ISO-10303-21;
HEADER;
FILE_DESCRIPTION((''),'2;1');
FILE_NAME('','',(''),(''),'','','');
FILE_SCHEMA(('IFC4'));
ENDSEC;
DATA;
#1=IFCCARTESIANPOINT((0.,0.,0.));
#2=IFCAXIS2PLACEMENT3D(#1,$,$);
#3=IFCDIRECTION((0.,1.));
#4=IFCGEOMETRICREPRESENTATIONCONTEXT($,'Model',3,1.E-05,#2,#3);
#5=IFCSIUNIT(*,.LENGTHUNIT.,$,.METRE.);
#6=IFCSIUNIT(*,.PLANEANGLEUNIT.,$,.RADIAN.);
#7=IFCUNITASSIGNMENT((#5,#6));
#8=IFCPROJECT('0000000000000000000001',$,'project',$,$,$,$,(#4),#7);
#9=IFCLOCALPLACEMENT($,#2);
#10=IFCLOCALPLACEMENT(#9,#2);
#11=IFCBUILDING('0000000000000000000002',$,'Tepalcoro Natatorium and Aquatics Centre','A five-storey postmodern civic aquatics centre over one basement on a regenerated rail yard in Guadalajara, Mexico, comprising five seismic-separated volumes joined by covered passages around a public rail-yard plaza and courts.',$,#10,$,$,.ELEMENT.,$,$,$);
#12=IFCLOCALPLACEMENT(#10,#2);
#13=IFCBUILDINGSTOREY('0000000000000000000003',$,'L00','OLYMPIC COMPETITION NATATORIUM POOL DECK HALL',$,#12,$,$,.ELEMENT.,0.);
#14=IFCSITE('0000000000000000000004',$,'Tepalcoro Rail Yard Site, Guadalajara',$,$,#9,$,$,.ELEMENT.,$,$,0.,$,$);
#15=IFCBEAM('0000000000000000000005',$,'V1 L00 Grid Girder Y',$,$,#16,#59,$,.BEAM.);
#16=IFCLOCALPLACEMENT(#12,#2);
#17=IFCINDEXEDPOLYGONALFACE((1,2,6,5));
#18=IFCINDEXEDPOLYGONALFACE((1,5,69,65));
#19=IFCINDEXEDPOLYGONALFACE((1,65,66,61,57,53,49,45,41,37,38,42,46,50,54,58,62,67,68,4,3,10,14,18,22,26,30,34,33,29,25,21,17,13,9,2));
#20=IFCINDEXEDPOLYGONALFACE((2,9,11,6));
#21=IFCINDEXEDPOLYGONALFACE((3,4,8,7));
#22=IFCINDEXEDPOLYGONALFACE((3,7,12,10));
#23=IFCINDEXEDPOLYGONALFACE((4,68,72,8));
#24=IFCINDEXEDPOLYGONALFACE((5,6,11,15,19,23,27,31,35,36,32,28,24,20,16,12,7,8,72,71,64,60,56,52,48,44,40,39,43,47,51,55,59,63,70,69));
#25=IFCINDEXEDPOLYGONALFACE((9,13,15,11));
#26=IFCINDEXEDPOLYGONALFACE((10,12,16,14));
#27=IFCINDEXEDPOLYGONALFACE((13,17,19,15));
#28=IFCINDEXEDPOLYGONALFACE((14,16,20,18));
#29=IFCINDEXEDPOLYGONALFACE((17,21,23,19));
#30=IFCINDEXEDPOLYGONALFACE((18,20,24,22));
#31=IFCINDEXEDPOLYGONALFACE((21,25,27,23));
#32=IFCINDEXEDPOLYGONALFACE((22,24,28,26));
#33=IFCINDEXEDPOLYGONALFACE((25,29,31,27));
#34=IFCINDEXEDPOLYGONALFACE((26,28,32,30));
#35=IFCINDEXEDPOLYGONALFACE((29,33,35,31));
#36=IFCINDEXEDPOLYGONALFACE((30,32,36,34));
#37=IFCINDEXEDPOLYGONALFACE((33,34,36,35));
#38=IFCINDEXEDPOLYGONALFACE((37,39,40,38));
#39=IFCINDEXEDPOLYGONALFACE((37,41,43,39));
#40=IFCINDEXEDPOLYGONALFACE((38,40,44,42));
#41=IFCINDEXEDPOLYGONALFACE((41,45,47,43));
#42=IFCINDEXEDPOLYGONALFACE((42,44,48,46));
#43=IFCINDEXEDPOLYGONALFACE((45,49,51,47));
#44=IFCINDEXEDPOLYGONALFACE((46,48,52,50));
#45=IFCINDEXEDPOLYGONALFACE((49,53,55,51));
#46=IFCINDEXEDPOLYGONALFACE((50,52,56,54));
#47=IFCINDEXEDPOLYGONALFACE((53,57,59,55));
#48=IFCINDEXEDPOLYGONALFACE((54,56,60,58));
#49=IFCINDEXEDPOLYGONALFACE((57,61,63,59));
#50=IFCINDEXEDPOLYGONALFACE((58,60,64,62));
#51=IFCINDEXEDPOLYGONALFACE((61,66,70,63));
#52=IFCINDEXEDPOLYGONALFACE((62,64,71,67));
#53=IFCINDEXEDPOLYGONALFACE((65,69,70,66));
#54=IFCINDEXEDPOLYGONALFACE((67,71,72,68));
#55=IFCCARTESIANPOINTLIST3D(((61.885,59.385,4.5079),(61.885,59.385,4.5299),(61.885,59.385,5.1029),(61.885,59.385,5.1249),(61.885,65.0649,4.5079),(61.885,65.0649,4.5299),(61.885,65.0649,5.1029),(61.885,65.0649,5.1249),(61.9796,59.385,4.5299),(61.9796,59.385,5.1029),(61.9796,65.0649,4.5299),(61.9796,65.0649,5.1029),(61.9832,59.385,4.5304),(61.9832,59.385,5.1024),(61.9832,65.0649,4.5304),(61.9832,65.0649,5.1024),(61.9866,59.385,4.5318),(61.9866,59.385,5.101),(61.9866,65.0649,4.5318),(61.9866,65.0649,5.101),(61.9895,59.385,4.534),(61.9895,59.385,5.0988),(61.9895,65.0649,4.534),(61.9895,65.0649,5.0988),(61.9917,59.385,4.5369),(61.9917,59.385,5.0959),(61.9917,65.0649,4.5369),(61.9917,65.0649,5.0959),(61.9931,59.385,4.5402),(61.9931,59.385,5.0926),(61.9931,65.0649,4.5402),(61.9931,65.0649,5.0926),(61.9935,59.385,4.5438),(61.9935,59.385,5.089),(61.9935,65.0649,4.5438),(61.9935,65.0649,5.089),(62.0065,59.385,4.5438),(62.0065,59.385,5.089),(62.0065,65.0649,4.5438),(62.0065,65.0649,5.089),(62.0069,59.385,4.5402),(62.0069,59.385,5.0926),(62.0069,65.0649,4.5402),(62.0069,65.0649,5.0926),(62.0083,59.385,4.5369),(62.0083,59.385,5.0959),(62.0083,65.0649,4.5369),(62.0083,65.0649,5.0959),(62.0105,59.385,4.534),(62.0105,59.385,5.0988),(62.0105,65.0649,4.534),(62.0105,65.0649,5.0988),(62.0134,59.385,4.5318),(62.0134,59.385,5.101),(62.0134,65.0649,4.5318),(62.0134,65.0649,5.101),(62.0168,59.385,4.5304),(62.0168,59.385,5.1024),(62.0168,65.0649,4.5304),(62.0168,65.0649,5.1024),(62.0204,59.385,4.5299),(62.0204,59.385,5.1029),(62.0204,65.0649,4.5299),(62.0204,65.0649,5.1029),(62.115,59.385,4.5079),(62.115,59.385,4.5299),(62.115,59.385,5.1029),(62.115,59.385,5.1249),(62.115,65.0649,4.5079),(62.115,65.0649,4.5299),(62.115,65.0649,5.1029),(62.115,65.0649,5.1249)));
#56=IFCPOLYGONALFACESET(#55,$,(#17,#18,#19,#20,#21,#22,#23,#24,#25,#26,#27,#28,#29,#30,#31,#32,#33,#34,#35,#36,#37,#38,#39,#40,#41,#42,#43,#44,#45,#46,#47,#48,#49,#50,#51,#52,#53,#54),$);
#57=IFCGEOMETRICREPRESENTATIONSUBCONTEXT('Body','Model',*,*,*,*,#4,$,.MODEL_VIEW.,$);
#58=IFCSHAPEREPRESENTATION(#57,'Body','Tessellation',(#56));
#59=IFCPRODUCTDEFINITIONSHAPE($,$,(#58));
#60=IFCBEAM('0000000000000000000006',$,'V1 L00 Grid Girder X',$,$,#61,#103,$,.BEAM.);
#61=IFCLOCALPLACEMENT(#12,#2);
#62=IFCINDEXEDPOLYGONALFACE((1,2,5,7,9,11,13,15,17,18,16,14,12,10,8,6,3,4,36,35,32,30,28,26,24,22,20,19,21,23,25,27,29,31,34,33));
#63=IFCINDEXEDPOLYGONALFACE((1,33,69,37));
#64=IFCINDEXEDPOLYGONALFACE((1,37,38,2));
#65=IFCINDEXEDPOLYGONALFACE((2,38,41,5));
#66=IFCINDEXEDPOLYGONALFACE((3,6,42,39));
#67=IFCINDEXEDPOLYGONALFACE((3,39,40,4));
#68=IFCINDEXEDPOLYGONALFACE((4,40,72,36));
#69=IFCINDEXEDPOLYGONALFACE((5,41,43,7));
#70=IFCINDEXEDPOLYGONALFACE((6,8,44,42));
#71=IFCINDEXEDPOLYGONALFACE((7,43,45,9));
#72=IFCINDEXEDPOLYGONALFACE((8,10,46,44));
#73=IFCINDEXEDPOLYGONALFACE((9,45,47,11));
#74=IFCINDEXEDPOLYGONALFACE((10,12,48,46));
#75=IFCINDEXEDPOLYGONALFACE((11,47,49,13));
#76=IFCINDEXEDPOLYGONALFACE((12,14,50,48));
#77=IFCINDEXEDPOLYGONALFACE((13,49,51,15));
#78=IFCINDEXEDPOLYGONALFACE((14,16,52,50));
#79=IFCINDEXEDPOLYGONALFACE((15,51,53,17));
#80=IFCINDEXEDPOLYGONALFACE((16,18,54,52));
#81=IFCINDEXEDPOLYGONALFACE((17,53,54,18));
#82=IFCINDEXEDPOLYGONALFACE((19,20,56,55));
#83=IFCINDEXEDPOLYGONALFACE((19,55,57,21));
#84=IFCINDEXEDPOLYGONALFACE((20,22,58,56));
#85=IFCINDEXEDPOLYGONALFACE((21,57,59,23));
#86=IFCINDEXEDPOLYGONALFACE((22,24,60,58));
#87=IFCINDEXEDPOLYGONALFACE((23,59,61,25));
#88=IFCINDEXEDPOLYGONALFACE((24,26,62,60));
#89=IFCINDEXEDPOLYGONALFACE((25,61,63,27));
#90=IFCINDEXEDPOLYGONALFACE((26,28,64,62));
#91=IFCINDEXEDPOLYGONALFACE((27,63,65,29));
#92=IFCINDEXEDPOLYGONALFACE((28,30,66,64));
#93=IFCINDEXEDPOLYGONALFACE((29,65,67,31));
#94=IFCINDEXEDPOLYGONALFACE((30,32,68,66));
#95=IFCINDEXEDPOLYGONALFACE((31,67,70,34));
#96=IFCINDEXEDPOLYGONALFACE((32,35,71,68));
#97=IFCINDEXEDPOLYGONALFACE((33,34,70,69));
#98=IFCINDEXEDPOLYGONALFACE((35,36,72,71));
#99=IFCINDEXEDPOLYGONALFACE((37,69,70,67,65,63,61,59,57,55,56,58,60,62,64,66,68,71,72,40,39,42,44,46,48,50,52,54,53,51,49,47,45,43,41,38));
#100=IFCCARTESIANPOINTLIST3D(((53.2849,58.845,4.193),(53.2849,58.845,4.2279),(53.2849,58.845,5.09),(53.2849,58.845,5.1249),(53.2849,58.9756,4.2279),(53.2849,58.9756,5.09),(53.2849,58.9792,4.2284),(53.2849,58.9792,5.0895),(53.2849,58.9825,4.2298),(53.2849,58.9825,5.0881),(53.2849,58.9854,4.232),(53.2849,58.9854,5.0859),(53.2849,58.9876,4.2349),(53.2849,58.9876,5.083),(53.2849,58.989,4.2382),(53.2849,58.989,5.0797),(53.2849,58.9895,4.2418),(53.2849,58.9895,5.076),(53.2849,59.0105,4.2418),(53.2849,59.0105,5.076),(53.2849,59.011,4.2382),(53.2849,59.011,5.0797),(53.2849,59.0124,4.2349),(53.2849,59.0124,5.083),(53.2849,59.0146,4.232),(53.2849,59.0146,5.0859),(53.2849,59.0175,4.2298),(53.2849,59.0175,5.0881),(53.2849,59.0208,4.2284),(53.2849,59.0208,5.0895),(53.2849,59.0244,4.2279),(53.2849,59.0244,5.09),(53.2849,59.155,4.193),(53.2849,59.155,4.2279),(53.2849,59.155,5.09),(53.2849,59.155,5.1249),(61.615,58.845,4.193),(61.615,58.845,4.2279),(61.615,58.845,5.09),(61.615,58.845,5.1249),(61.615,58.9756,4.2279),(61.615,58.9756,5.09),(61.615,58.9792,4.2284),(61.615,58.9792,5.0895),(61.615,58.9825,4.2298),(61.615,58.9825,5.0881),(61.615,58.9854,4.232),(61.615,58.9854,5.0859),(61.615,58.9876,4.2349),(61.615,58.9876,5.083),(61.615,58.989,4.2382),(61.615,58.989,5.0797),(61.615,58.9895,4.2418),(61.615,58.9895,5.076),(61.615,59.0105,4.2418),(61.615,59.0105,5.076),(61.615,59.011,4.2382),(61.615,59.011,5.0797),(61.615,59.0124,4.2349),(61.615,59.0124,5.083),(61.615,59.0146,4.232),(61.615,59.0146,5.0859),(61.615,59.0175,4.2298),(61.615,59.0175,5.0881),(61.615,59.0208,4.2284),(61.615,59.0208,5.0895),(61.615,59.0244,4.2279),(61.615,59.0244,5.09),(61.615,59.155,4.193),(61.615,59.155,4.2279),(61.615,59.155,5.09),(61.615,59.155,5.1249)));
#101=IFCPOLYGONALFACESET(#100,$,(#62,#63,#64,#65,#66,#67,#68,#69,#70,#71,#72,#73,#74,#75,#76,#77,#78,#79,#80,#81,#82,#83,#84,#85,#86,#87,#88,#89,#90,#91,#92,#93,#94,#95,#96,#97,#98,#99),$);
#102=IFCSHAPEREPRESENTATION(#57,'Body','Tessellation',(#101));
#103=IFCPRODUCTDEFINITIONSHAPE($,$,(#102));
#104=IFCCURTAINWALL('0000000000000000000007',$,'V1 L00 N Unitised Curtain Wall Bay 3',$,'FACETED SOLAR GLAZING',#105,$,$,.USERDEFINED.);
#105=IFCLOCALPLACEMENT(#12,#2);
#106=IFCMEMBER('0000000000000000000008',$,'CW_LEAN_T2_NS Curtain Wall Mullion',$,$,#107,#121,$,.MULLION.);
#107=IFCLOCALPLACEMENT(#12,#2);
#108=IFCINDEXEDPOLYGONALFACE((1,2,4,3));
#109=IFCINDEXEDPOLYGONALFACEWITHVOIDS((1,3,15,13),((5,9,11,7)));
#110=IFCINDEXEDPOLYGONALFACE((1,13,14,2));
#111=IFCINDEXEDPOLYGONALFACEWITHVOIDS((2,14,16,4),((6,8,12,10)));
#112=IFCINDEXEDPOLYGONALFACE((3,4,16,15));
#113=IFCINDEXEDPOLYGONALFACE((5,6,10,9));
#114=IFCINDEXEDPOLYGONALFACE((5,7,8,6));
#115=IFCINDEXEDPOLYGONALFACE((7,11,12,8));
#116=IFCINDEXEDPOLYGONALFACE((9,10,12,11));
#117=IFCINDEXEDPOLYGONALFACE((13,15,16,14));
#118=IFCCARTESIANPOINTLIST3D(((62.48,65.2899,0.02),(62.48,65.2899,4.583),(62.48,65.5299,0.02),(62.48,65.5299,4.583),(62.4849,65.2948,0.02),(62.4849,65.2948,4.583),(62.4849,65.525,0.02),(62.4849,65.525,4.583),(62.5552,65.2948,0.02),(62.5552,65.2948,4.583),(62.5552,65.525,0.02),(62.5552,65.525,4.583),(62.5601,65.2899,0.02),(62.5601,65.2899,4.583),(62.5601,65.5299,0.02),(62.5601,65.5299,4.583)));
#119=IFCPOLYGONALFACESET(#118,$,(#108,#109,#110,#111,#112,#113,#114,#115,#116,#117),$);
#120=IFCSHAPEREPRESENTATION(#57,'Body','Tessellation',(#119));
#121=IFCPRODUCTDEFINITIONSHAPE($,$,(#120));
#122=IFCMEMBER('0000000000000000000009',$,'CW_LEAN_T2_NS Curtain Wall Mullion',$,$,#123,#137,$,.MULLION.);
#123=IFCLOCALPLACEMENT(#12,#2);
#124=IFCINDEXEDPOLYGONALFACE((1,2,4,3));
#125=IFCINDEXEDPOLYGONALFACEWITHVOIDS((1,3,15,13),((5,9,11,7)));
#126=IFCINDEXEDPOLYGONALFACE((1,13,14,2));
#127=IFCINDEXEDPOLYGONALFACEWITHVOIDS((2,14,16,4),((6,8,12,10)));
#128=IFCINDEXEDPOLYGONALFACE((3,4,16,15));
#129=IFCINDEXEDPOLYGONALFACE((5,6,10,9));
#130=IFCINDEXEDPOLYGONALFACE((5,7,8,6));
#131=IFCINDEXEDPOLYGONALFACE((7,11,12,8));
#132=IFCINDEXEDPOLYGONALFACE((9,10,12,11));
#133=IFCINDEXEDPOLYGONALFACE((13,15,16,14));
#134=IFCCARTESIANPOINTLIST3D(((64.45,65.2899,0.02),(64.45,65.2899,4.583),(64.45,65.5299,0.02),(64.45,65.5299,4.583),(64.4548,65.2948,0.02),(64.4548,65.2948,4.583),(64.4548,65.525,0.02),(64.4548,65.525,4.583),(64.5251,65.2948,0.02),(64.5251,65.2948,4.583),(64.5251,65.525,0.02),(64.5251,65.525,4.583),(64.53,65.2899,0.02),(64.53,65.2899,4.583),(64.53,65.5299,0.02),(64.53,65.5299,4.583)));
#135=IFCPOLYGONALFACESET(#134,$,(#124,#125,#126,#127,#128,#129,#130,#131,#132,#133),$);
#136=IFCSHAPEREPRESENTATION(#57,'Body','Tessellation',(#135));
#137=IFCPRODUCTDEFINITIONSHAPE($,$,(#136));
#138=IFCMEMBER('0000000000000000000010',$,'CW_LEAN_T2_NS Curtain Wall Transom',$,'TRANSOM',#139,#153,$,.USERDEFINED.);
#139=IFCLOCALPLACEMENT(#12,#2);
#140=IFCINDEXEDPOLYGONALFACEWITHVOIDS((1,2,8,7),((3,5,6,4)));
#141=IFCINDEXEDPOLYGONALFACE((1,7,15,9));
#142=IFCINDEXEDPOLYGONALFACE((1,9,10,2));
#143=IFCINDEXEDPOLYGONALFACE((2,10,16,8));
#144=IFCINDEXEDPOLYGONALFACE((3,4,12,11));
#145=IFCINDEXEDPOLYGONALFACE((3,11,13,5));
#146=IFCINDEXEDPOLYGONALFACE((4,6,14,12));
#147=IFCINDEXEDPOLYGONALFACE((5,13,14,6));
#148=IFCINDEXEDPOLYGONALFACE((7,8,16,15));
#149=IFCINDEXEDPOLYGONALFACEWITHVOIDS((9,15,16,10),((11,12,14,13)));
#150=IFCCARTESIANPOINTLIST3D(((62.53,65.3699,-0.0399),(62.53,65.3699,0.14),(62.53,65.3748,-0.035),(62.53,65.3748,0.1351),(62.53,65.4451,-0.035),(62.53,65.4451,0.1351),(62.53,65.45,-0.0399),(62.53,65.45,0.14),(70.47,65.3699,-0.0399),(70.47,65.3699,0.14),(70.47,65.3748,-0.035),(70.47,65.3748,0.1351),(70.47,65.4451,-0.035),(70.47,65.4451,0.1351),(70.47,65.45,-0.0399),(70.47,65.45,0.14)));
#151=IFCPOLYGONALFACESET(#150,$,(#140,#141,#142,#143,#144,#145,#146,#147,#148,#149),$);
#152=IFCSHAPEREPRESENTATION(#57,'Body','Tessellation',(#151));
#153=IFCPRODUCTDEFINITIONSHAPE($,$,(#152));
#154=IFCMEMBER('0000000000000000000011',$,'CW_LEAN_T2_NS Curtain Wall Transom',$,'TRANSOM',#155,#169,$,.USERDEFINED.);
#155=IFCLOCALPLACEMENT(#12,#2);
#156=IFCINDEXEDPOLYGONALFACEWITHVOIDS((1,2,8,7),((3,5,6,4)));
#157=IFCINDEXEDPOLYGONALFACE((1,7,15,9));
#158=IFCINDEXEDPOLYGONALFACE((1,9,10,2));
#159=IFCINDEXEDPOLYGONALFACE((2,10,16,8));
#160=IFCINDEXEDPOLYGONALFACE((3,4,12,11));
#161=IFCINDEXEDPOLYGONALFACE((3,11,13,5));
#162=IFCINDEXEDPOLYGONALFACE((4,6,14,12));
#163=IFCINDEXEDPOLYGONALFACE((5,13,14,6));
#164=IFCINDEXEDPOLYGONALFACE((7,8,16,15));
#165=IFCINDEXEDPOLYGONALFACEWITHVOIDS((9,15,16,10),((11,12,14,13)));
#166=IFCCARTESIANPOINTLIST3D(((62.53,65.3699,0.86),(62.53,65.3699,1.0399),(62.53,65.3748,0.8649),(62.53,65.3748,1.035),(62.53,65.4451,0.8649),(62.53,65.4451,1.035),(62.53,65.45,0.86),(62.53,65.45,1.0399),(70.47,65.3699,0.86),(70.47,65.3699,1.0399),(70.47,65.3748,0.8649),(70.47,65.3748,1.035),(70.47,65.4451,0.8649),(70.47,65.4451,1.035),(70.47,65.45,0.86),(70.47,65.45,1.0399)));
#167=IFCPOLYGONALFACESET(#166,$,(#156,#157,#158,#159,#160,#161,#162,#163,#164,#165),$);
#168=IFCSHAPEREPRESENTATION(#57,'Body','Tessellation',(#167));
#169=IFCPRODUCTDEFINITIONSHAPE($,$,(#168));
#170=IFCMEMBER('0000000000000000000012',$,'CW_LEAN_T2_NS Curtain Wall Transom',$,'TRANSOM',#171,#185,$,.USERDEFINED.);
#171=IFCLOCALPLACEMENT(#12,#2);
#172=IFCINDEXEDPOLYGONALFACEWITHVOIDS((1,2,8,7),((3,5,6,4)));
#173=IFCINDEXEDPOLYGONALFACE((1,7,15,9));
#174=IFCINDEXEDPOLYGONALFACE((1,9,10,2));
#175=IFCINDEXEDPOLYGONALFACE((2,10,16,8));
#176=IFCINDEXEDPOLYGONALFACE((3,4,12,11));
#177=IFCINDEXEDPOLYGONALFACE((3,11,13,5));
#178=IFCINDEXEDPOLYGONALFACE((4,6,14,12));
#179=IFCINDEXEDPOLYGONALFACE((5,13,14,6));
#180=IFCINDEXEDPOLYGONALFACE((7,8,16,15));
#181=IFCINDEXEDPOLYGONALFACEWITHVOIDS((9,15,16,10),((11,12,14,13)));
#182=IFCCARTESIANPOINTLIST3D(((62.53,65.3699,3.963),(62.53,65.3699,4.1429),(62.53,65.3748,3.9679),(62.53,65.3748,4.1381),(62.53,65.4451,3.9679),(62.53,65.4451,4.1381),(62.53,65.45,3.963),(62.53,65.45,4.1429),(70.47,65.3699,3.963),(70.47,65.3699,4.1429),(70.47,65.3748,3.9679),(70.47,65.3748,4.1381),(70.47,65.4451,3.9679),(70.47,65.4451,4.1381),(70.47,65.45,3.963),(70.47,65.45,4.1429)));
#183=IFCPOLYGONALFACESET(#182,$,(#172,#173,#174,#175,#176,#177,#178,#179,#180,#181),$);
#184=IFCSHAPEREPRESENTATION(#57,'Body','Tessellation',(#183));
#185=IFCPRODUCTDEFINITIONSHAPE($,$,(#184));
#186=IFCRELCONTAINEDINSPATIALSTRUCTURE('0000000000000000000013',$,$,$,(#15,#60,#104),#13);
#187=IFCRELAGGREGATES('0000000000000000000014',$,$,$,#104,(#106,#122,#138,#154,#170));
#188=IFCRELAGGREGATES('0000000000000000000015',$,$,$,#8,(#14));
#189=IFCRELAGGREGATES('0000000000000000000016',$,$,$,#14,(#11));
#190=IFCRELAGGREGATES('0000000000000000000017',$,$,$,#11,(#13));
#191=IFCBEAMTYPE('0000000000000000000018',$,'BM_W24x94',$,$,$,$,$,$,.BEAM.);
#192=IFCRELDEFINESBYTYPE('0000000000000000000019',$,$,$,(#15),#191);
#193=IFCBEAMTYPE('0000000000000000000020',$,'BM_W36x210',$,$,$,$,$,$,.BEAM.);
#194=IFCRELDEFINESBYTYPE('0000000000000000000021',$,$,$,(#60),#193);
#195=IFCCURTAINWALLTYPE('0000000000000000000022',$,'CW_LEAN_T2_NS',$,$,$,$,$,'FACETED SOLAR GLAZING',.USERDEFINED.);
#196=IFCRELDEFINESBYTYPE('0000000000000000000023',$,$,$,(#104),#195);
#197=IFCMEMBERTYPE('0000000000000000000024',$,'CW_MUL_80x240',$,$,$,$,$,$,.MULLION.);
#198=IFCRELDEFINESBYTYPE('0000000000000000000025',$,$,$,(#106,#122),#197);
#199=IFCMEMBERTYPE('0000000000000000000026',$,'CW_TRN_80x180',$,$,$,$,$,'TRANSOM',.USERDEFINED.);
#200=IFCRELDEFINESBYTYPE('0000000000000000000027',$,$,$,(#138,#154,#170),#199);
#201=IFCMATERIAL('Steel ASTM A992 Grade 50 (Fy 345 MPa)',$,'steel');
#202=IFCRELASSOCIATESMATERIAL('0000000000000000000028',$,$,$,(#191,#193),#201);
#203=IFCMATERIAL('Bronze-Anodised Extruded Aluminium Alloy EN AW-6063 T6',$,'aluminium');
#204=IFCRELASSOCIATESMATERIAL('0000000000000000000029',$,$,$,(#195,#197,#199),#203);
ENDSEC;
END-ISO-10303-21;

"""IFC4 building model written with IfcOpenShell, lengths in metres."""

from ifc_helpers import new_model, si_unit, direction, frame, origin, origin_2d, place, context, subcontext, project, spatial, hollow_rectangle, i_section, extrude, material, material_profile, profile_set, type_object, element, aggregate, save


model = new_model("IFC4")

# Units and contexts
model_context = context("Model", 3, precision=1e-05, world=origin(), true_north=direction((0.0, 1.0)))
body_context = subcontext(model_context, "Body", "Model", "MODEL_VIEW")
ifc_project = project(units=[si_unit("LENGTHUNIT", "METRE"), si_unit("PLANEANGLEUNIT", "RADIAN")], contexts=[model_context])

# Site, building, storey
site_placement = place(None, origin())
site = spatial("IfcSite", under=ifc_project, at=site_placement, Name="Tepalcoro Rail Yard Site, Guadalajara", CompositionType="ELEMENT", RefElevation=0.0)
building_placement = place(site_placement, origin())
building = spatial("IfcBuilding", under=site, at=building_placement, Name="Tepalcoro Natatorium and Aquatics Centre", Description="A five-storey postmodern civic aquatics centre over one basement on a regenerated rail yard in Guadalajara, Mexico, comprising five seismic-separated volumes joined by covered passages around a public rail-yard plaza and courts.", CompositionType="ELEMENT")
storey_placement = place(building_placement, origin())
storey = spatial("IfcBuildingStorey", under=building, at=storey_placement, Name="L00", Description="OLYMPIC COMPETITION NATATORIUM POOL DECK HALL", CompositionType="ELEMENT", Elevation=0.0)

# Beams
ifc_material_1 = material(Name="Steel ASTM A992 Grade 50 (Fy 345 MPa)", Category="steel")
ifc_material_profile_1 = material_profile(ifc_material_1, i_section(OverallWidth=0.23, OverallDepth=0.6169, WebThickness=0.0129, FlangeThickness=0.022, FilletRadius=0.0139, at=origin_2d()), Name="W24X94")
ifc_profile_set_1 = profile_set([ifc_material_profile_1], Name="Steel ASTM A992 Grade 50 (Fy 345 MPa)")
beam_type_1 = type_object("IfcBeamType", Name="BM_W24x94", PredefinedType="BEAM", material=ifc_profile_set_1)
beam_1_placement = place(storey_placement, frame((62.0, 59.385, 4.8164), z_axis=(0.0, 1.0, 0.0), x_axis=(-1.0, 0.0, 0.0)))
element("IfcBeam", 1, at=beam_1_placement, inside=storey, type_object=beam_type_1, Name="V1 L00 Grid Girder Y", PredefinedType="BEAM", context=body_context, shape_type="SweptSolid", body=[
    extrude(i_section(OverallWidth=0.23, OverallDepth=0.6169, WebThickness=0.0129, FlangeThickness=0.022, FilletRadius=0.0139, at=origin_2d()), origin(), (0.0, 0.0, 1.0), 5.6799),
])
ifc_material_profile_2 = material_profile(ifc_material_1, i_section(OverallWidth=0.3101, OverallDepth=0.9319, WebThickness=0.021, FlangeThickness=0.0349, FilletRadius=0.0139, at=origin_2d()), Name="W36X210")
ifc_profile_set_2 = profile_set([ifc_material_profile_2], Name="Steel ASTM A992 Grade 50 (Fy 345 MPa)")
beam_type_2 = type_object("IfcBeamType", Name="BM_W36x210", PredefinedType="BEAM", material=ifc_profile_set_2)
beam_2_placement = place(storey_placement, frame((53.2849, 59.0, 4.6589), z_axis=(1.0, 0.0, 0.0), x_axis=(0.0, 1.0, 0.0)))
element("IfcBeam", 2, at=beam_2_placement, inside=storey, type_object=beam_type_2, Name="V1 L00 Grid Girder X", PredefinedType="BEAM", context=body_context, shape_type="SweptSolid", body=[
    extrude(i_section(OverallWidth=0.3101, OverallDepth=0.9319, WebThickness=0.021, FlangeThickness=0.0349, FilletRadius=0.0139, at=origin_2d()), origin(), (0.0, 0.0, 1.0), 8.3301),
])

# Curtain wall, members
ifc_material_2 = material(Name="Bronze-Anodised Extruded Aluminium Alloy EN AW-6063 T6", Category="aluminium")
curtain_wall_type = type_object("IfcCurtainWallType", Name="CW_LEAN_T2_NS", ElementType="FACETED SOLAR GLAZING", PredefinedType="USERDEFINED", material=ifc_material_2)
curtain_wall_placement = place(storey_placement, origin())
curtain_wall = element("IfcCurtainWall", 3, at=curtain_wall_placement, inside=storey, type_object=curtain_wall_type, Name="V1 L00 N Unitised Curtain Wall Bay 3", ObjectType="FACETED SOLAR GLAZING", PredefinedType="USERDEFINED")
ifc_material_profile_3 = material_profile(ifc_material_2, hollow_rectangle(XDim=0.0801, YDim=0.24, WallThickness=0.0049, at=origin_2d()), Name="AL80X240X5")
ifc_profile_set_3 = profile_set([ifc_material_profile_3], Name="Bronze-Anodised Extruded Aluminium Alloy EN AW-6063 T6")
member_type_1 = type_object("IfcMemberType", Name="CW_MUL_80x240", PredefinedType="MULLION", material=ifc_profile_set_3)
member_1_placement = place(storey_placement, frame((62.52, 65.4099, 0.02), z_axis=(0.0, 0.0, 1.0), x_axis=(1.0, 0.0, 0.0)))
member_1 = element("IfcMember", 4, at=member_1_placement, type_object=member_type_1, Name="CW_LEAN_T2_NS Curtain Wall Mullion", PredefinedType="MULLION", context=body_context, shape_type="SweptSolid", body=[
    extrude(hollow_rectangle(XDim=0.0801, YDim=0.24, WallThickness=0.0049, at=origin_2d()), origin(), (0.0, 0.0, 1.0), 4.563),
])
member_2_placement = place(storey_placement, frame((64.49, 65.4099, 0.02), z_axis=(0.0, 0.0, 1.0), x_axis=(1.0, 0.0, 0.0)))
member_2 = element("IfcMember", 5, at=member_2_placement, type_object=member_type_1, Name="CW_LEAN_T2_NS Curtain Wall Mullion", PredefinedType="MULLION", context=body_context, shape_type="SweptSolid", body=[
    extrude(hollow_rectangle(XDim=0.0801, YDim=0.24, WallThickness=0.0049, at=origin_2d()), origin(), (0.0, 0.0, 1.0), 4.563),
])
ifc_material_profile_4 = material_profile(ifc_material_2, hollow_rectangle(XDim=0.0801, YDim=0.1799, WallThickness=0.0049, at=origin_2d()), Name="AL80X180X5")
ifc_profile_set_4 = profile_set([ifc_material_profile_4], Name="Bronze-Anodised Extruded Aluminium Alloy EN AW-6063 T6")
member_type_2 = type_object("IfcMemberType", Name="CW_TRN_80x180", ElementType="TRANSOM", PredefinedType="USERDEFINED", material=ifc_profile_set_4)
member_3_placement = place(storey_placement, frame((62.53, 65.4099, 0.05), z_axis=(1.0, 0.0, 0.0), x_axis=(0.0, 1.0, 0.0)))
member_3 = element("IfcMember", 6, at=member_3_placement, type_object=member_type_2, Name="CW_LEAN_T2_NS Curtain Wall Transom", ObjectType="TRANSOM", PredefinedType="USERDEFINED", context=body_context, shape_type="SweptSolid", body=[
    extrude(hollow_rectangle(XDim=0.0801, YDim=0.1799, WallThickness=0.0049, at=origin_2d()), origin(), (0.0, 0.0, 1.0), 7.9399),
])
member_4_placement = place(storey_placement, frame((62.53, 65.4099, 0.95), z_axis=(1.0, 0.0, 0.0), x_axis=(0.0, 1.0, 0.0)))
member_4 = element("IfcMember", 7, at=member_4_placement, type_object=member_type_2, Name="CW_LEAN_T2_NS Curtain Wall Transom", ObjectType="TRANSOM", PredefinedType="USERDEFINED", context=body_context, shape_type="SweptSolid", body=[
    extrude(hollow_rectangle(XDim=0.0801, YDim=0.1799, WallThickness=0.0049, at=origin_2d()), origin(), (0.0, 0.0, 1.0), 7.9399),
])
member_5_placement = place(storey_placement, frame((62.53, 65.4099, 4.053), z_axis=(1.0, 0.0, 0.0), x_axis=(0.0, 1.0, 0.0)))
member_5 = element("IfcMember", 8, at=member_5_placement, type_object=member_type_2, Name="CW_LEAN_T2_NS Curtain Wall Transom", ObjectType="TRANSOM", PredefinedType="USERDEFINED", context=body_context, shape_type="SweptSolid", body=[
    extrude(hollow_rectangle(XDim=0.0801, YDim=0.1799, WallThickness=0.0049, at=origin_2d()), origin(), (0.0, 0.0, 1.0), 7.9399),
])

aggregate(curtain_wall, [member_1, member_2, member_3, member_4, member_5])

save(model, "model.ifc")
